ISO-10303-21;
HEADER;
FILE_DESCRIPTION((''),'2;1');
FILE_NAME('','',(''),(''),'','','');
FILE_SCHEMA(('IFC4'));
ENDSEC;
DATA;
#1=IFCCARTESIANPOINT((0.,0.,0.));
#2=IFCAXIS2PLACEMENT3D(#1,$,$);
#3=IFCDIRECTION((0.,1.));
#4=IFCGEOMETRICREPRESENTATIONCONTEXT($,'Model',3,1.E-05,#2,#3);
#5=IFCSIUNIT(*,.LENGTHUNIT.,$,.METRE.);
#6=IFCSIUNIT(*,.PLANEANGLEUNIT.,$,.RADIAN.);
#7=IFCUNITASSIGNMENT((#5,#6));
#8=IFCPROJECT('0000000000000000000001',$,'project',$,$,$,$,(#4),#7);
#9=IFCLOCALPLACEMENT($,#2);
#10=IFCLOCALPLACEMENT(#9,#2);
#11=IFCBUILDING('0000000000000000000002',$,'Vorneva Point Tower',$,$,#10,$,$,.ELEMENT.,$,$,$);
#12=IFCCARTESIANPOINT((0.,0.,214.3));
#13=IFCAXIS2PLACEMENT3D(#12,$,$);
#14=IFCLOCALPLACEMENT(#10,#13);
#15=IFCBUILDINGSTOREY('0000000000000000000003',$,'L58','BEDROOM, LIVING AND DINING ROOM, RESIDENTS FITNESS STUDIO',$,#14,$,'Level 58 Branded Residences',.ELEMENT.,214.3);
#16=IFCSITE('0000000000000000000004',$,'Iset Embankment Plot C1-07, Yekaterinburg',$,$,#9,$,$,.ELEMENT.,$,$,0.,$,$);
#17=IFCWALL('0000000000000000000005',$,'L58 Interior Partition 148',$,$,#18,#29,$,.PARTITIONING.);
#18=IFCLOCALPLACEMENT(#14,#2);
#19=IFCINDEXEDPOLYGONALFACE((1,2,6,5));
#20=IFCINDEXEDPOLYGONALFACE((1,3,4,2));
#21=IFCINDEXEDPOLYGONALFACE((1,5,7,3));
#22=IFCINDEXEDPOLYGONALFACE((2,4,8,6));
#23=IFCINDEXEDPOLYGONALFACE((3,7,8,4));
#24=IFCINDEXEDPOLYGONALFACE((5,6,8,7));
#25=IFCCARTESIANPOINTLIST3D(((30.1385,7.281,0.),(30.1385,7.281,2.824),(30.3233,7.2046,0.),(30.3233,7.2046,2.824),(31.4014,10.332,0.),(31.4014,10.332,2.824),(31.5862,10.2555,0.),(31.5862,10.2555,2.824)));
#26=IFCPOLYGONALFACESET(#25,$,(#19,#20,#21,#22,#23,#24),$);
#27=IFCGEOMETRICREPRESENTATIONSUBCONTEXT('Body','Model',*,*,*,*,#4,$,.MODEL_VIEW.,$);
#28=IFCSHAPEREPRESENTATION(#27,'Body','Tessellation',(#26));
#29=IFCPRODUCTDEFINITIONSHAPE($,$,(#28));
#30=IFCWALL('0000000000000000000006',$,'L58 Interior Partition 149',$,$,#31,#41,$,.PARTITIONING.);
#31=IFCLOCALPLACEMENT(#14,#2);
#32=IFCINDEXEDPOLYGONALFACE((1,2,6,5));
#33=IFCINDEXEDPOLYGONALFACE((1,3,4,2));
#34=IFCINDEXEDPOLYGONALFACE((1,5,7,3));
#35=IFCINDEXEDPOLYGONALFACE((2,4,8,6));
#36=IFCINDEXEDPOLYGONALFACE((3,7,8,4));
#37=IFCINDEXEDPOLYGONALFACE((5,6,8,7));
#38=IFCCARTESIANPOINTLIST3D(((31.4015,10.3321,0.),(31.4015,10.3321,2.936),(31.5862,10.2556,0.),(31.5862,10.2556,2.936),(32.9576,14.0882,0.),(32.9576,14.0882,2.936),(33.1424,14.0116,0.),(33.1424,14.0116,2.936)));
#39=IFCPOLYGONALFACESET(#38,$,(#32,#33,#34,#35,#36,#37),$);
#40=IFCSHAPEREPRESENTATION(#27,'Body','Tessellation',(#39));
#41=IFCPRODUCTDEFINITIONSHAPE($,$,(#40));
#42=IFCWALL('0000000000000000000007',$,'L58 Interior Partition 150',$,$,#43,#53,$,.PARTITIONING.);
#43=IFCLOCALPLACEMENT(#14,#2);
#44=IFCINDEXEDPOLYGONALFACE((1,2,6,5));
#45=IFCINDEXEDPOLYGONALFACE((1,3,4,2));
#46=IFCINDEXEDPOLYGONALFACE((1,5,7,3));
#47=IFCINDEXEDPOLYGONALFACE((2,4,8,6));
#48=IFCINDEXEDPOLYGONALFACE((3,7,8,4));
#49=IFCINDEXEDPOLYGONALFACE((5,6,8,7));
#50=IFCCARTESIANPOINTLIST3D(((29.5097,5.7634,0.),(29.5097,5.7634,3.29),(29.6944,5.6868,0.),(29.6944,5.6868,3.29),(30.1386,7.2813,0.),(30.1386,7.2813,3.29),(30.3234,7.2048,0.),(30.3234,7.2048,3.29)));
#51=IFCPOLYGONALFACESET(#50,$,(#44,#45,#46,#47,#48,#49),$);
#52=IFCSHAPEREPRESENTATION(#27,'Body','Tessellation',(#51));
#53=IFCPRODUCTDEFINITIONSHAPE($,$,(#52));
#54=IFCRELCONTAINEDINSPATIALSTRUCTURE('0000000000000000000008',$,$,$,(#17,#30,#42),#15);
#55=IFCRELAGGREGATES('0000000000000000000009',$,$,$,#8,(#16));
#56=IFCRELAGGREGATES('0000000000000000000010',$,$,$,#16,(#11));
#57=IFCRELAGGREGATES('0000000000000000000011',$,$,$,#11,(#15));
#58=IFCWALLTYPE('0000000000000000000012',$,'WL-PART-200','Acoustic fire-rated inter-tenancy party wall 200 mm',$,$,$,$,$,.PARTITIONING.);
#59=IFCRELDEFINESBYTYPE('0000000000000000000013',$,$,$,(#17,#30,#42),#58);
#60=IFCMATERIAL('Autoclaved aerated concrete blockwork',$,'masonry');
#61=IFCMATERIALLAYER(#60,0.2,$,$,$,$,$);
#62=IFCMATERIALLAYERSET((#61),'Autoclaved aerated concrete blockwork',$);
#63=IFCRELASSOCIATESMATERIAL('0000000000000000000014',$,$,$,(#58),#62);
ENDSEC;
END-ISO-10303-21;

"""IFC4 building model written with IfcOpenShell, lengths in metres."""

from ifc_helpers import new_model, si_unit, direction, frame, frame_2d, origin, place, context, subcontext, project, spatial, rectangle, extrude, material, layer, layer_set, type_object, element, save


model = new_model("IFC4")

# Units and contexts
model_context = context("Model", 3, precision=1e-05, world=origin(), true_north=direction((0.0, 1.0)))
body_context = subcontext(model_context, "Body", "Model", "MODEL_VIEW")
ifc_project = project(units=[si_unit("LENGTHUNIT", "METRE"), si_unit("PLANEANGLEUNIT", "RADIAN")], contexts=[model_context])

# Site, building, storey
site_placement = place(None, origin())
site = spatial("IfcSite", under=ifc_project, at=site_placement, Name="Iset Embankment Plot C1-07, Yekaterinburg", CompositionType="ELEMENT", RefElevation=0.0)
building_placement = place(site_placement, origin())
building = spatial("IfcBuilding", under=site, at=building_placement, Name="Vorneva Point Tower", CompositionType="ELEMENT")
storey_placement = place(building_placement, frame((0.0, 0.0, 214.3)))
storey = spatial("IfcBuildingStorey", under=building, at=storey_placement, Name="L58", Description="BEDROOM, LIVING AND DINING ROOM, RESIDENTS FITNESS STUDIO", LongName="Level 58 Branded Residences", CompositionType="ELEMENT", Elevation=214.3)

# Walls
ifc_material_1 = material(Name="Autoclaved aerated concrete blockwork", Category="masonry")
ifc_layer_1 = layer(ifc_material_1, 0.2)
ifc_layer_set_1 = layer_set([ifc_layer_1], Name="Autoclaved aerated concrete blockwork")
wall_type_1 = type_object("IfcWallType", Name="WL-PART-200", Description="Acoustic fire-rated inter-tenancy party wall 200 mm", PredefinedType="PARTITIONING", material=ifc_layer_set_1)
wall_1_placement = place(storey_placement, frame((30.231, 7.2429, 0.0), z_axis=(0.0, 0.0, 1.0), x_axis=(0.382467, 0.923969, 0.0)))
element("IfcWall", 1, at=wall_1_placement, inside=storey, type_object=wall_type_1, Name="L58 Interior Partition 148", PredefinedType="PARTITIONING", context=body_context, shape_type="SweptSolid", body=[
    extrude(rectangle(XDim=3.302, YDim=0.2, at=frame_2d((1.6509, 0.0))), origin(), (0.0, 0.0, 1.0), 2.824),
])
wall_2_placement = place(storey_placement, frame((31.4939, 10.2939, 0.0), z_axis=(0.0, 0.0, 1.0), x_axis=(0.382751, 0.923851, 0.0)))
element("IfcWall", 2, at=wall_2_placement, inside=storey, type_object=wall_type_1, Name="L58 Interior Partition 149", PredefinedType="PARTITIONING", context=body_context, shape_type="SweptSolid", body=[
    extrude(rectangle(XDim=4.0657, YDim=0.2, at=frame_2d((2.0327, 0.0))), origin(), (0.0, 0.0, 1.0), 2.936),
])
wall_3_placement = place(storey_placement, frame((29.6021, 5.7251, 0.0), z_axis=(0.0, 0.0, 1.0), x_axis=(0.382789, 0.923836, 0.0)))
element("IfcWall", 3, at=wall_3_placement, inside=storey, type_object=wall_type_1, Name="L58 Interior Partition 150", PredefinedType="PARTITIONING", context=body_context, shape_type="SweptSolid", body=[
    extrude(rectangle(XDim=1.6431, YDim=0.2, at=frame_2d((0.8215, 0.0))), origin(), (0.0, 0.0, 1.0), 3.29),
])

save(model, "model.ifc")
